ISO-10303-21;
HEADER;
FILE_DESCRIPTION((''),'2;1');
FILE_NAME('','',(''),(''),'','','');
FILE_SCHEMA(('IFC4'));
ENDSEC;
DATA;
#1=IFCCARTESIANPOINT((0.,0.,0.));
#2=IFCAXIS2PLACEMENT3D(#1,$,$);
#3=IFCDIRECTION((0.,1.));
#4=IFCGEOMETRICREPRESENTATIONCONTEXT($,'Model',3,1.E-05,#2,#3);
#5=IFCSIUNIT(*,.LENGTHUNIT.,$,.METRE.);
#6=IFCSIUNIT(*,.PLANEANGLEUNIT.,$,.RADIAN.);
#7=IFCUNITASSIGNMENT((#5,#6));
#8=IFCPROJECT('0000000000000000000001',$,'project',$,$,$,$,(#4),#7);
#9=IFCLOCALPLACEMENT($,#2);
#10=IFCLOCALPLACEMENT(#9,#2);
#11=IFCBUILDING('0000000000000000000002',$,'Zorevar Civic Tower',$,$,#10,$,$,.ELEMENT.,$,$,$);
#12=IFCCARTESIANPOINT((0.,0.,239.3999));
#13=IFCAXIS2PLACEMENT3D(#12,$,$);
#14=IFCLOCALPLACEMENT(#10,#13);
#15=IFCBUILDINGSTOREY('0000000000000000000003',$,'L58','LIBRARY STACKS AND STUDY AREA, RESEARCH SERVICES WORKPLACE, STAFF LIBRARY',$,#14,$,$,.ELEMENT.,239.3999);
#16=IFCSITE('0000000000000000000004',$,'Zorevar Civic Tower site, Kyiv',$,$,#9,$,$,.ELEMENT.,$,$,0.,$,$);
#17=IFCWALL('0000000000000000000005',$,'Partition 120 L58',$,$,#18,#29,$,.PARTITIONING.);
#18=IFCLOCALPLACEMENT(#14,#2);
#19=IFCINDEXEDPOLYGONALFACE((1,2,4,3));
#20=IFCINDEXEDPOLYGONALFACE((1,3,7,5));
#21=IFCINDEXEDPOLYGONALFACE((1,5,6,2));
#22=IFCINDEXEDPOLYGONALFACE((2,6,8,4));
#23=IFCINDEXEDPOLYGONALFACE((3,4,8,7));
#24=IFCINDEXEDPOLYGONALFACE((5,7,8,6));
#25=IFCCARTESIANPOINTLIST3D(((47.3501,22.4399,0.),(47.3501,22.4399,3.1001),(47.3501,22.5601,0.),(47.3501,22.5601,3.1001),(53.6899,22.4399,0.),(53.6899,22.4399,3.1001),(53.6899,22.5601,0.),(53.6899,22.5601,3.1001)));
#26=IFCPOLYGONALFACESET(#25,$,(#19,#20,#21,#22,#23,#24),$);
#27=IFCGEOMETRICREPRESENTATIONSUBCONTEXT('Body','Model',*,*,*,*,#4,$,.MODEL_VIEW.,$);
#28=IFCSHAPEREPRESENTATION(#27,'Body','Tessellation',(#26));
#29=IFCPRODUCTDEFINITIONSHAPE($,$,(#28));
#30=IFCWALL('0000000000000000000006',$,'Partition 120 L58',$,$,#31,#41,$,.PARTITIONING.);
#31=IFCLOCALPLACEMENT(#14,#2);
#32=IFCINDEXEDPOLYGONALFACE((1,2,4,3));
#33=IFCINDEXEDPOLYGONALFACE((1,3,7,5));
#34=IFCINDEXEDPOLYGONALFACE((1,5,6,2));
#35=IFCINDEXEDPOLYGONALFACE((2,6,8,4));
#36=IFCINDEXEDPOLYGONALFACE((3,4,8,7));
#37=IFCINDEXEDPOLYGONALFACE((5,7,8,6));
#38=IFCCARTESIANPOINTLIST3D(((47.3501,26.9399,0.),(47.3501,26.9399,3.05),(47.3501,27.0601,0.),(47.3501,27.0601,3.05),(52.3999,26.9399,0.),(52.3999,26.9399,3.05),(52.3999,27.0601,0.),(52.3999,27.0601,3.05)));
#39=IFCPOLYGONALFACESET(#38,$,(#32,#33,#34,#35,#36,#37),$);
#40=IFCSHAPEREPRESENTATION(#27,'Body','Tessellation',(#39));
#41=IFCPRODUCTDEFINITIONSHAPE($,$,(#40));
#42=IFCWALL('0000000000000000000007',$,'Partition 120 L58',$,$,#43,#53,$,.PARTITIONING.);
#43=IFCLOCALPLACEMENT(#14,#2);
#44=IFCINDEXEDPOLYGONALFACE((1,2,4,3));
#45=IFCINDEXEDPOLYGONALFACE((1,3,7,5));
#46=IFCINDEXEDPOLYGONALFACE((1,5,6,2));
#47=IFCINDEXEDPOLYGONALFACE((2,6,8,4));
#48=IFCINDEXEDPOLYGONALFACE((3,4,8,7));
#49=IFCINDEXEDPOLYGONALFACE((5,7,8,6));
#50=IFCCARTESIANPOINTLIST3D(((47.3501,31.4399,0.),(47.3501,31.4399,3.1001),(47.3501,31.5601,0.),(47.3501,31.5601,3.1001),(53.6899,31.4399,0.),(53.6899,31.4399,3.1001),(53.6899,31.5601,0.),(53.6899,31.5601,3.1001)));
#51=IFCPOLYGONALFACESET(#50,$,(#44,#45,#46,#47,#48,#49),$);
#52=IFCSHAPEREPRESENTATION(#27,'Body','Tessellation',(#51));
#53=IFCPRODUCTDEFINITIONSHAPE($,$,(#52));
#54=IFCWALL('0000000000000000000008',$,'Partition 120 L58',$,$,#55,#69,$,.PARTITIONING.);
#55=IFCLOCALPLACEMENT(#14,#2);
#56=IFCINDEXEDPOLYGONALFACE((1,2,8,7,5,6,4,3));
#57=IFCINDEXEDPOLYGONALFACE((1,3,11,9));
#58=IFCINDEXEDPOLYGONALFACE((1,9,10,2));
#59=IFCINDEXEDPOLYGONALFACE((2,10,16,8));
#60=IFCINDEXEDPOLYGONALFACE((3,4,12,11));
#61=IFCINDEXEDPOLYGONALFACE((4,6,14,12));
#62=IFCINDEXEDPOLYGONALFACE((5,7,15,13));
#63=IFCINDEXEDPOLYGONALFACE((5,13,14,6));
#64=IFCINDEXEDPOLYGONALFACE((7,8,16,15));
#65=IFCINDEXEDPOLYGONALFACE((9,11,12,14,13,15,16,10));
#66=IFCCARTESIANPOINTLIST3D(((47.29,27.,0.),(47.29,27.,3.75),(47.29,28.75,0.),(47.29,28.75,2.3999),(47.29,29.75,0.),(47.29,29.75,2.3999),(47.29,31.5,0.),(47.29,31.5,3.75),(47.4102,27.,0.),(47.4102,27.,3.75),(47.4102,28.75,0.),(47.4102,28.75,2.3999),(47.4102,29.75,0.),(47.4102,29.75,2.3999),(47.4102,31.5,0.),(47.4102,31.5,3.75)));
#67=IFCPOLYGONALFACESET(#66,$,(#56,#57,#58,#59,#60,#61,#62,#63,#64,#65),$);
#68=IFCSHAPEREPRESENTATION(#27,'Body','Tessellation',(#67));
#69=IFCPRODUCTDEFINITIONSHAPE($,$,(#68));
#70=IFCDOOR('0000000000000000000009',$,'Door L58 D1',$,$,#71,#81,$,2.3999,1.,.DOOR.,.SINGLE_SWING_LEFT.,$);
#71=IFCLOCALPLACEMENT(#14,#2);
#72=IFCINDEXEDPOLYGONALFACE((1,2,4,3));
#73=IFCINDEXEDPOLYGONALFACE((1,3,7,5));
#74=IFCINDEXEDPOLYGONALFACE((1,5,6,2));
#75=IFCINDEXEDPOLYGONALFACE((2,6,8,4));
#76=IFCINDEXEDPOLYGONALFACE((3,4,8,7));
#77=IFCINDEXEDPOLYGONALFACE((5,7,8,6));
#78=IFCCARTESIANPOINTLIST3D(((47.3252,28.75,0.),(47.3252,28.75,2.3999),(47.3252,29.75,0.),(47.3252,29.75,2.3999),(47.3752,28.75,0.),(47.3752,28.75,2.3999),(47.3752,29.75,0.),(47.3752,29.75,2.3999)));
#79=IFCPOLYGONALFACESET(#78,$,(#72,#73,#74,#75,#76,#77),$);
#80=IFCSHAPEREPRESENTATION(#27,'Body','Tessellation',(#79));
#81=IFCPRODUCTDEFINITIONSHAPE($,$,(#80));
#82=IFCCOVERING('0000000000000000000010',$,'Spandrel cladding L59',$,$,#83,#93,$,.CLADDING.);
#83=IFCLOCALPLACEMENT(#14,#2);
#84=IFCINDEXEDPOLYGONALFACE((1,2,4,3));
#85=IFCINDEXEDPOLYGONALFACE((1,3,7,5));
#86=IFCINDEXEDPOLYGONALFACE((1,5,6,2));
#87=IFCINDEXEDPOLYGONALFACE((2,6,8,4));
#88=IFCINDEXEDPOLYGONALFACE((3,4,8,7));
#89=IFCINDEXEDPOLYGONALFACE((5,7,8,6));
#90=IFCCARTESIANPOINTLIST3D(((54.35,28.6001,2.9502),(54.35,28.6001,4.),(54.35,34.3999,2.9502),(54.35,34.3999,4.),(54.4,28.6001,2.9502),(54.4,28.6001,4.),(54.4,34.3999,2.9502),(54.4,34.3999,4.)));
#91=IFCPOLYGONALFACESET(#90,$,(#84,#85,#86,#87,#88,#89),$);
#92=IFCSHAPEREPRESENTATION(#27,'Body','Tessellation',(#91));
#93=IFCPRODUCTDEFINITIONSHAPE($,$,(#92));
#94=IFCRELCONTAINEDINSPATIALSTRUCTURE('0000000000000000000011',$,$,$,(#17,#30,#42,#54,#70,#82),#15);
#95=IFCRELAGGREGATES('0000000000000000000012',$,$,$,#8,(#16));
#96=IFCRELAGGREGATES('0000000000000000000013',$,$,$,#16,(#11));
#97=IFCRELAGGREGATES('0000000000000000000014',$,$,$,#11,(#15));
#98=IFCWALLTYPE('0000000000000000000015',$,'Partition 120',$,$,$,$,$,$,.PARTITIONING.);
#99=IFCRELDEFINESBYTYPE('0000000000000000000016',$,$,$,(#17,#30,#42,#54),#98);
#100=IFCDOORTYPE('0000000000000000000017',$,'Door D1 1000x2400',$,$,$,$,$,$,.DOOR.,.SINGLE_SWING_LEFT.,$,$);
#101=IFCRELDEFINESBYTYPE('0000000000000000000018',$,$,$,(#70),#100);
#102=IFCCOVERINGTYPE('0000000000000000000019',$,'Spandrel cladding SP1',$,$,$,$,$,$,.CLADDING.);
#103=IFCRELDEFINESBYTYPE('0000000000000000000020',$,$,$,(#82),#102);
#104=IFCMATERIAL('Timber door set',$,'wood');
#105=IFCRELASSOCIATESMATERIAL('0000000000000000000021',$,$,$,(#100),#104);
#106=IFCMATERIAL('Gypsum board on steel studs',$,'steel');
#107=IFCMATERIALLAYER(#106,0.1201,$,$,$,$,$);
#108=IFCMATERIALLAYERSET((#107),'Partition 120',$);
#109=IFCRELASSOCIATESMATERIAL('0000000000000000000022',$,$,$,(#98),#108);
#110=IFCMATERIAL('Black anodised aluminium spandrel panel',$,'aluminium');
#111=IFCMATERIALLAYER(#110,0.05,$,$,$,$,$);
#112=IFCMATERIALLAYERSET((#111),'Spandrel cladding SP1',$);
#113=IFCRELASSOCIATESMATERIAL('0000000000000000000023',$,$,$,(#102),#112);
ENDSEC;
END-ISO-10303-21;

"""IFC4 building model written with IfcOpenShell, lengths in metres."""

from ifc_helpers import new_model, si_unit, direction, frame, frame_2d, origin, place, context, subcontext, project, spatial, rectangle, extrude, material, layer, layer_set, type_object, element, fill, save


model = new_model("IFC4")

# Units and contexts
model_context = context("Model", 3, precision=1e-05, world=origin(), true_north=direction((0.0, 1.0)))
body_context = subcontext(model_context, "Body", "Model", "MODEL_VIEW")
ifc_project = project(units=[si_unit("LENGTHUNIT", "METRE"), si_unit("PLANEANGLEUNIT", "RADIAN")], contexts=[model_context])

# Site, building, storey
site_placement = place(None, origin())
site = spatial("IfcSite", under=ifc_project, at=site_placement, Name="Zorevar Civic Tower site, Kyiv", CompositionType="ELEMENT", RefElevation=0.0)
building_placement = place(site_placement, origin())
building = spatial("IfcBuilding", under=site, at=building_placement, Name="Zorevar Civic Tower", CompositionType="ELEMENT")
storey_placement = place(building_placement, frame((0.0, 0.0, 239.3999)))
storey = spatial("IfcBuildingStorey", under=building, at=storey_placement, Name="L58", Description="LIBRARY STACKS AND STUDY AREA, RESEARCH SERVICES WORKPLACE, STAFF LIBRARY", CompositionType="ELEMENT", Elevation=239.3999)

# Shared definitions
ifc_material_1 = material(Name="Timber door set", Category="wood")
door_type_1 = type_object("IfcDoorType", Name="Door D1 1000x2400", OperationType="SINGLE_SWING_LEFT", PredefinedType="DOOR", material=ifc_material_1)

# Walls
ifc_material_2 = material(Name="Gypsum board on steel studs", Category="steel")
ifc_layer_1 = layer(ifc_material_2, 0.1201)
ifc_layer_set_1 = layer_set([ifc_layer_1], Name="Partition 120")
wall_type_1 = type_object("IfcWallType", Name="Partition 120", PredefinedType="PARTITIONING", material=ifc_layer_set_1)
wall_1_placement = place(storey_placement, frame((47.3501, 22.5, 0.0), z_axis=(0.0, 0.0, 1.0), x_axis=(1.0, 0.0, 0.0)))
element("IfcWall", 1, at=wall_1_placement, inside=storey, type_object=wall_type_1, Name="Partition 120 L58", PredefinedType="PARTITIONING", context=body_context, shape_type="SweptSolid", body=[
    extrude(rectangle(XDim=6.3398, YDim=0.1201, at=frame_2d((3.1699, 0.0))), origin(), (0.0, 0.0, 1.0), 3.1001),
])
wall_2_placement = place(storey_placement, frame((47.3501, 27.0, 0.0), z_axis=(0.0, 0.0, 1.0), x_axis=(1.0, 0.0, 0.0)))
element("IfcWall", 2, at=wall_2_placement, inside=storey, type_object=wall_type_1, Name="Partition 120 L58", PredefinedType="PARTITIONING", context=body_context, shape_type="SweptSolid", body=[
    extrude(rectangle(XDim=5.0498, YDim=0.1201, at=frame_2d((2.5249, 0.0))), origin(), (0.0, 0.0, 1.0), 3.05),
])
wall_3_placement = place(storey_placement, frame((47.3501, 31.5, 0.0), z_axis=(0.0, 0.0, 1.0), x_axis=(1.0, 0.0, 0.0)))
element("IfcWall", 3, at=wall_3_placement, inside=storey, type_object=wall_type_1, Name="Partition 120 L58", PredefinedType="PARTITIONING", context=body_context, shape_type="SweptSolid", body=[
    extrude(rectangle(XDim=6.3398, YDim=0.1201, at=frame_2d((3.1699, 0.0))), origin(), (0.0, 0.0, 1.0), 3.1001),
])

# Wall, opening, door
wall_4_placement = place(storey_placement, frame((47.3501, 27.0, 0.0), z_axis=(0.0, 0.0, 1.0), x_axis=(0.0, 1.0, 0.0)))
wall_4 = element("IfcWall", 4, at=wall_4_placement, inside=storey, type_object=wall_type_1, Name="Partition 120 L58", PredefinedType="PARTITIONING", context=body_context, shape_type="SweptSolid", body=[
    extrude(rectangle(XDim=4.5, YDim=0.1201, at=frame_2d((2.25, 0.0))), origin(), (0.0, 0.0, 1.0), 3.75),
])
opening_1_placement = place(wall_4_placement, frame((1.75, 0.0, 0.0)))
opening_1 = element("IfcOpeningElement", 5, at=opening_1_placement, cuts=wall_4, PredefinedType="OPENING", context=body_context, shape_type="SweptSolid", body=[
    extrude(rectangle(XDim=1.0, YDim=2.3999, at=frame_2d((0.5, 1.2))), frame((0.0, 0.0701, 0.0), z_axis=(0.0, -1.0, 0.0), x_axis=(1.0, 0.0, 0.0)), (0.0, 0.0, 1.0), 0.1401),
])
door_1_placement = place(opening_1_placement, origin())
door_1 = element("IfcDoor", 6, at=door_1_placement, inside=storey, type_object=door_type_1, Name="Door L58 D1", OperationType="SINGLE_SWING_LEFT", OverallHeight=2.3999, OverallWidth=1.0, PredefinedType="DOOR", context=body_context, shape_type="SweptSolid", body=[
    extrude(rectangle(XDim=1.0, YDim=2.3999, at=frame_2d((0.5, 1.2))), frame((0.0, 0.0249, 0.0), z_axis=(0.0, -1.0, 0.0), x_axis=(1.0, 0.0, 0.0)), (0.0, 0.0, 1.0), 0.05),
])
fill(opening_1, door_1)

# Covering
ifc_material_3 = material(Name="Black anodised aluminium spandrel panel", Category="aluminium")
ifc_layer_2 = layer(ifc_material_3, 0.05)
ifc_layer_set_2 = layer_set([ifc_layer_2], Name="Spandrel cladding SP1")
covering_type = type_object("IfcCoveringType", Name="Spandrel cladding SP1", PredefinedType="CLADDING", material=ifc_layer_set_2)
covering_placement = place(storey_placement, frame((54.375, 28.6001, 2.9502), z_axis=(0.0, 0.0, 1.0), x_axis=(0.0, 1.0, 0.0)))
element("IfcCovering", 7, at=covering_placement, inside=storey, type_object=covering_type, Name="Spandrel cladding L59", PredefinedType="CLADDING", context=body_context, shape_type="SweptSolid", body=[
    extrude(rectangle(XDim=5.7998, YDim=0.05, at=frame_2d((2.8999, 0.0))), origin(), (0.0, 0.0, 1.0), 1.0498),
])

save(model, "model.ifc")
